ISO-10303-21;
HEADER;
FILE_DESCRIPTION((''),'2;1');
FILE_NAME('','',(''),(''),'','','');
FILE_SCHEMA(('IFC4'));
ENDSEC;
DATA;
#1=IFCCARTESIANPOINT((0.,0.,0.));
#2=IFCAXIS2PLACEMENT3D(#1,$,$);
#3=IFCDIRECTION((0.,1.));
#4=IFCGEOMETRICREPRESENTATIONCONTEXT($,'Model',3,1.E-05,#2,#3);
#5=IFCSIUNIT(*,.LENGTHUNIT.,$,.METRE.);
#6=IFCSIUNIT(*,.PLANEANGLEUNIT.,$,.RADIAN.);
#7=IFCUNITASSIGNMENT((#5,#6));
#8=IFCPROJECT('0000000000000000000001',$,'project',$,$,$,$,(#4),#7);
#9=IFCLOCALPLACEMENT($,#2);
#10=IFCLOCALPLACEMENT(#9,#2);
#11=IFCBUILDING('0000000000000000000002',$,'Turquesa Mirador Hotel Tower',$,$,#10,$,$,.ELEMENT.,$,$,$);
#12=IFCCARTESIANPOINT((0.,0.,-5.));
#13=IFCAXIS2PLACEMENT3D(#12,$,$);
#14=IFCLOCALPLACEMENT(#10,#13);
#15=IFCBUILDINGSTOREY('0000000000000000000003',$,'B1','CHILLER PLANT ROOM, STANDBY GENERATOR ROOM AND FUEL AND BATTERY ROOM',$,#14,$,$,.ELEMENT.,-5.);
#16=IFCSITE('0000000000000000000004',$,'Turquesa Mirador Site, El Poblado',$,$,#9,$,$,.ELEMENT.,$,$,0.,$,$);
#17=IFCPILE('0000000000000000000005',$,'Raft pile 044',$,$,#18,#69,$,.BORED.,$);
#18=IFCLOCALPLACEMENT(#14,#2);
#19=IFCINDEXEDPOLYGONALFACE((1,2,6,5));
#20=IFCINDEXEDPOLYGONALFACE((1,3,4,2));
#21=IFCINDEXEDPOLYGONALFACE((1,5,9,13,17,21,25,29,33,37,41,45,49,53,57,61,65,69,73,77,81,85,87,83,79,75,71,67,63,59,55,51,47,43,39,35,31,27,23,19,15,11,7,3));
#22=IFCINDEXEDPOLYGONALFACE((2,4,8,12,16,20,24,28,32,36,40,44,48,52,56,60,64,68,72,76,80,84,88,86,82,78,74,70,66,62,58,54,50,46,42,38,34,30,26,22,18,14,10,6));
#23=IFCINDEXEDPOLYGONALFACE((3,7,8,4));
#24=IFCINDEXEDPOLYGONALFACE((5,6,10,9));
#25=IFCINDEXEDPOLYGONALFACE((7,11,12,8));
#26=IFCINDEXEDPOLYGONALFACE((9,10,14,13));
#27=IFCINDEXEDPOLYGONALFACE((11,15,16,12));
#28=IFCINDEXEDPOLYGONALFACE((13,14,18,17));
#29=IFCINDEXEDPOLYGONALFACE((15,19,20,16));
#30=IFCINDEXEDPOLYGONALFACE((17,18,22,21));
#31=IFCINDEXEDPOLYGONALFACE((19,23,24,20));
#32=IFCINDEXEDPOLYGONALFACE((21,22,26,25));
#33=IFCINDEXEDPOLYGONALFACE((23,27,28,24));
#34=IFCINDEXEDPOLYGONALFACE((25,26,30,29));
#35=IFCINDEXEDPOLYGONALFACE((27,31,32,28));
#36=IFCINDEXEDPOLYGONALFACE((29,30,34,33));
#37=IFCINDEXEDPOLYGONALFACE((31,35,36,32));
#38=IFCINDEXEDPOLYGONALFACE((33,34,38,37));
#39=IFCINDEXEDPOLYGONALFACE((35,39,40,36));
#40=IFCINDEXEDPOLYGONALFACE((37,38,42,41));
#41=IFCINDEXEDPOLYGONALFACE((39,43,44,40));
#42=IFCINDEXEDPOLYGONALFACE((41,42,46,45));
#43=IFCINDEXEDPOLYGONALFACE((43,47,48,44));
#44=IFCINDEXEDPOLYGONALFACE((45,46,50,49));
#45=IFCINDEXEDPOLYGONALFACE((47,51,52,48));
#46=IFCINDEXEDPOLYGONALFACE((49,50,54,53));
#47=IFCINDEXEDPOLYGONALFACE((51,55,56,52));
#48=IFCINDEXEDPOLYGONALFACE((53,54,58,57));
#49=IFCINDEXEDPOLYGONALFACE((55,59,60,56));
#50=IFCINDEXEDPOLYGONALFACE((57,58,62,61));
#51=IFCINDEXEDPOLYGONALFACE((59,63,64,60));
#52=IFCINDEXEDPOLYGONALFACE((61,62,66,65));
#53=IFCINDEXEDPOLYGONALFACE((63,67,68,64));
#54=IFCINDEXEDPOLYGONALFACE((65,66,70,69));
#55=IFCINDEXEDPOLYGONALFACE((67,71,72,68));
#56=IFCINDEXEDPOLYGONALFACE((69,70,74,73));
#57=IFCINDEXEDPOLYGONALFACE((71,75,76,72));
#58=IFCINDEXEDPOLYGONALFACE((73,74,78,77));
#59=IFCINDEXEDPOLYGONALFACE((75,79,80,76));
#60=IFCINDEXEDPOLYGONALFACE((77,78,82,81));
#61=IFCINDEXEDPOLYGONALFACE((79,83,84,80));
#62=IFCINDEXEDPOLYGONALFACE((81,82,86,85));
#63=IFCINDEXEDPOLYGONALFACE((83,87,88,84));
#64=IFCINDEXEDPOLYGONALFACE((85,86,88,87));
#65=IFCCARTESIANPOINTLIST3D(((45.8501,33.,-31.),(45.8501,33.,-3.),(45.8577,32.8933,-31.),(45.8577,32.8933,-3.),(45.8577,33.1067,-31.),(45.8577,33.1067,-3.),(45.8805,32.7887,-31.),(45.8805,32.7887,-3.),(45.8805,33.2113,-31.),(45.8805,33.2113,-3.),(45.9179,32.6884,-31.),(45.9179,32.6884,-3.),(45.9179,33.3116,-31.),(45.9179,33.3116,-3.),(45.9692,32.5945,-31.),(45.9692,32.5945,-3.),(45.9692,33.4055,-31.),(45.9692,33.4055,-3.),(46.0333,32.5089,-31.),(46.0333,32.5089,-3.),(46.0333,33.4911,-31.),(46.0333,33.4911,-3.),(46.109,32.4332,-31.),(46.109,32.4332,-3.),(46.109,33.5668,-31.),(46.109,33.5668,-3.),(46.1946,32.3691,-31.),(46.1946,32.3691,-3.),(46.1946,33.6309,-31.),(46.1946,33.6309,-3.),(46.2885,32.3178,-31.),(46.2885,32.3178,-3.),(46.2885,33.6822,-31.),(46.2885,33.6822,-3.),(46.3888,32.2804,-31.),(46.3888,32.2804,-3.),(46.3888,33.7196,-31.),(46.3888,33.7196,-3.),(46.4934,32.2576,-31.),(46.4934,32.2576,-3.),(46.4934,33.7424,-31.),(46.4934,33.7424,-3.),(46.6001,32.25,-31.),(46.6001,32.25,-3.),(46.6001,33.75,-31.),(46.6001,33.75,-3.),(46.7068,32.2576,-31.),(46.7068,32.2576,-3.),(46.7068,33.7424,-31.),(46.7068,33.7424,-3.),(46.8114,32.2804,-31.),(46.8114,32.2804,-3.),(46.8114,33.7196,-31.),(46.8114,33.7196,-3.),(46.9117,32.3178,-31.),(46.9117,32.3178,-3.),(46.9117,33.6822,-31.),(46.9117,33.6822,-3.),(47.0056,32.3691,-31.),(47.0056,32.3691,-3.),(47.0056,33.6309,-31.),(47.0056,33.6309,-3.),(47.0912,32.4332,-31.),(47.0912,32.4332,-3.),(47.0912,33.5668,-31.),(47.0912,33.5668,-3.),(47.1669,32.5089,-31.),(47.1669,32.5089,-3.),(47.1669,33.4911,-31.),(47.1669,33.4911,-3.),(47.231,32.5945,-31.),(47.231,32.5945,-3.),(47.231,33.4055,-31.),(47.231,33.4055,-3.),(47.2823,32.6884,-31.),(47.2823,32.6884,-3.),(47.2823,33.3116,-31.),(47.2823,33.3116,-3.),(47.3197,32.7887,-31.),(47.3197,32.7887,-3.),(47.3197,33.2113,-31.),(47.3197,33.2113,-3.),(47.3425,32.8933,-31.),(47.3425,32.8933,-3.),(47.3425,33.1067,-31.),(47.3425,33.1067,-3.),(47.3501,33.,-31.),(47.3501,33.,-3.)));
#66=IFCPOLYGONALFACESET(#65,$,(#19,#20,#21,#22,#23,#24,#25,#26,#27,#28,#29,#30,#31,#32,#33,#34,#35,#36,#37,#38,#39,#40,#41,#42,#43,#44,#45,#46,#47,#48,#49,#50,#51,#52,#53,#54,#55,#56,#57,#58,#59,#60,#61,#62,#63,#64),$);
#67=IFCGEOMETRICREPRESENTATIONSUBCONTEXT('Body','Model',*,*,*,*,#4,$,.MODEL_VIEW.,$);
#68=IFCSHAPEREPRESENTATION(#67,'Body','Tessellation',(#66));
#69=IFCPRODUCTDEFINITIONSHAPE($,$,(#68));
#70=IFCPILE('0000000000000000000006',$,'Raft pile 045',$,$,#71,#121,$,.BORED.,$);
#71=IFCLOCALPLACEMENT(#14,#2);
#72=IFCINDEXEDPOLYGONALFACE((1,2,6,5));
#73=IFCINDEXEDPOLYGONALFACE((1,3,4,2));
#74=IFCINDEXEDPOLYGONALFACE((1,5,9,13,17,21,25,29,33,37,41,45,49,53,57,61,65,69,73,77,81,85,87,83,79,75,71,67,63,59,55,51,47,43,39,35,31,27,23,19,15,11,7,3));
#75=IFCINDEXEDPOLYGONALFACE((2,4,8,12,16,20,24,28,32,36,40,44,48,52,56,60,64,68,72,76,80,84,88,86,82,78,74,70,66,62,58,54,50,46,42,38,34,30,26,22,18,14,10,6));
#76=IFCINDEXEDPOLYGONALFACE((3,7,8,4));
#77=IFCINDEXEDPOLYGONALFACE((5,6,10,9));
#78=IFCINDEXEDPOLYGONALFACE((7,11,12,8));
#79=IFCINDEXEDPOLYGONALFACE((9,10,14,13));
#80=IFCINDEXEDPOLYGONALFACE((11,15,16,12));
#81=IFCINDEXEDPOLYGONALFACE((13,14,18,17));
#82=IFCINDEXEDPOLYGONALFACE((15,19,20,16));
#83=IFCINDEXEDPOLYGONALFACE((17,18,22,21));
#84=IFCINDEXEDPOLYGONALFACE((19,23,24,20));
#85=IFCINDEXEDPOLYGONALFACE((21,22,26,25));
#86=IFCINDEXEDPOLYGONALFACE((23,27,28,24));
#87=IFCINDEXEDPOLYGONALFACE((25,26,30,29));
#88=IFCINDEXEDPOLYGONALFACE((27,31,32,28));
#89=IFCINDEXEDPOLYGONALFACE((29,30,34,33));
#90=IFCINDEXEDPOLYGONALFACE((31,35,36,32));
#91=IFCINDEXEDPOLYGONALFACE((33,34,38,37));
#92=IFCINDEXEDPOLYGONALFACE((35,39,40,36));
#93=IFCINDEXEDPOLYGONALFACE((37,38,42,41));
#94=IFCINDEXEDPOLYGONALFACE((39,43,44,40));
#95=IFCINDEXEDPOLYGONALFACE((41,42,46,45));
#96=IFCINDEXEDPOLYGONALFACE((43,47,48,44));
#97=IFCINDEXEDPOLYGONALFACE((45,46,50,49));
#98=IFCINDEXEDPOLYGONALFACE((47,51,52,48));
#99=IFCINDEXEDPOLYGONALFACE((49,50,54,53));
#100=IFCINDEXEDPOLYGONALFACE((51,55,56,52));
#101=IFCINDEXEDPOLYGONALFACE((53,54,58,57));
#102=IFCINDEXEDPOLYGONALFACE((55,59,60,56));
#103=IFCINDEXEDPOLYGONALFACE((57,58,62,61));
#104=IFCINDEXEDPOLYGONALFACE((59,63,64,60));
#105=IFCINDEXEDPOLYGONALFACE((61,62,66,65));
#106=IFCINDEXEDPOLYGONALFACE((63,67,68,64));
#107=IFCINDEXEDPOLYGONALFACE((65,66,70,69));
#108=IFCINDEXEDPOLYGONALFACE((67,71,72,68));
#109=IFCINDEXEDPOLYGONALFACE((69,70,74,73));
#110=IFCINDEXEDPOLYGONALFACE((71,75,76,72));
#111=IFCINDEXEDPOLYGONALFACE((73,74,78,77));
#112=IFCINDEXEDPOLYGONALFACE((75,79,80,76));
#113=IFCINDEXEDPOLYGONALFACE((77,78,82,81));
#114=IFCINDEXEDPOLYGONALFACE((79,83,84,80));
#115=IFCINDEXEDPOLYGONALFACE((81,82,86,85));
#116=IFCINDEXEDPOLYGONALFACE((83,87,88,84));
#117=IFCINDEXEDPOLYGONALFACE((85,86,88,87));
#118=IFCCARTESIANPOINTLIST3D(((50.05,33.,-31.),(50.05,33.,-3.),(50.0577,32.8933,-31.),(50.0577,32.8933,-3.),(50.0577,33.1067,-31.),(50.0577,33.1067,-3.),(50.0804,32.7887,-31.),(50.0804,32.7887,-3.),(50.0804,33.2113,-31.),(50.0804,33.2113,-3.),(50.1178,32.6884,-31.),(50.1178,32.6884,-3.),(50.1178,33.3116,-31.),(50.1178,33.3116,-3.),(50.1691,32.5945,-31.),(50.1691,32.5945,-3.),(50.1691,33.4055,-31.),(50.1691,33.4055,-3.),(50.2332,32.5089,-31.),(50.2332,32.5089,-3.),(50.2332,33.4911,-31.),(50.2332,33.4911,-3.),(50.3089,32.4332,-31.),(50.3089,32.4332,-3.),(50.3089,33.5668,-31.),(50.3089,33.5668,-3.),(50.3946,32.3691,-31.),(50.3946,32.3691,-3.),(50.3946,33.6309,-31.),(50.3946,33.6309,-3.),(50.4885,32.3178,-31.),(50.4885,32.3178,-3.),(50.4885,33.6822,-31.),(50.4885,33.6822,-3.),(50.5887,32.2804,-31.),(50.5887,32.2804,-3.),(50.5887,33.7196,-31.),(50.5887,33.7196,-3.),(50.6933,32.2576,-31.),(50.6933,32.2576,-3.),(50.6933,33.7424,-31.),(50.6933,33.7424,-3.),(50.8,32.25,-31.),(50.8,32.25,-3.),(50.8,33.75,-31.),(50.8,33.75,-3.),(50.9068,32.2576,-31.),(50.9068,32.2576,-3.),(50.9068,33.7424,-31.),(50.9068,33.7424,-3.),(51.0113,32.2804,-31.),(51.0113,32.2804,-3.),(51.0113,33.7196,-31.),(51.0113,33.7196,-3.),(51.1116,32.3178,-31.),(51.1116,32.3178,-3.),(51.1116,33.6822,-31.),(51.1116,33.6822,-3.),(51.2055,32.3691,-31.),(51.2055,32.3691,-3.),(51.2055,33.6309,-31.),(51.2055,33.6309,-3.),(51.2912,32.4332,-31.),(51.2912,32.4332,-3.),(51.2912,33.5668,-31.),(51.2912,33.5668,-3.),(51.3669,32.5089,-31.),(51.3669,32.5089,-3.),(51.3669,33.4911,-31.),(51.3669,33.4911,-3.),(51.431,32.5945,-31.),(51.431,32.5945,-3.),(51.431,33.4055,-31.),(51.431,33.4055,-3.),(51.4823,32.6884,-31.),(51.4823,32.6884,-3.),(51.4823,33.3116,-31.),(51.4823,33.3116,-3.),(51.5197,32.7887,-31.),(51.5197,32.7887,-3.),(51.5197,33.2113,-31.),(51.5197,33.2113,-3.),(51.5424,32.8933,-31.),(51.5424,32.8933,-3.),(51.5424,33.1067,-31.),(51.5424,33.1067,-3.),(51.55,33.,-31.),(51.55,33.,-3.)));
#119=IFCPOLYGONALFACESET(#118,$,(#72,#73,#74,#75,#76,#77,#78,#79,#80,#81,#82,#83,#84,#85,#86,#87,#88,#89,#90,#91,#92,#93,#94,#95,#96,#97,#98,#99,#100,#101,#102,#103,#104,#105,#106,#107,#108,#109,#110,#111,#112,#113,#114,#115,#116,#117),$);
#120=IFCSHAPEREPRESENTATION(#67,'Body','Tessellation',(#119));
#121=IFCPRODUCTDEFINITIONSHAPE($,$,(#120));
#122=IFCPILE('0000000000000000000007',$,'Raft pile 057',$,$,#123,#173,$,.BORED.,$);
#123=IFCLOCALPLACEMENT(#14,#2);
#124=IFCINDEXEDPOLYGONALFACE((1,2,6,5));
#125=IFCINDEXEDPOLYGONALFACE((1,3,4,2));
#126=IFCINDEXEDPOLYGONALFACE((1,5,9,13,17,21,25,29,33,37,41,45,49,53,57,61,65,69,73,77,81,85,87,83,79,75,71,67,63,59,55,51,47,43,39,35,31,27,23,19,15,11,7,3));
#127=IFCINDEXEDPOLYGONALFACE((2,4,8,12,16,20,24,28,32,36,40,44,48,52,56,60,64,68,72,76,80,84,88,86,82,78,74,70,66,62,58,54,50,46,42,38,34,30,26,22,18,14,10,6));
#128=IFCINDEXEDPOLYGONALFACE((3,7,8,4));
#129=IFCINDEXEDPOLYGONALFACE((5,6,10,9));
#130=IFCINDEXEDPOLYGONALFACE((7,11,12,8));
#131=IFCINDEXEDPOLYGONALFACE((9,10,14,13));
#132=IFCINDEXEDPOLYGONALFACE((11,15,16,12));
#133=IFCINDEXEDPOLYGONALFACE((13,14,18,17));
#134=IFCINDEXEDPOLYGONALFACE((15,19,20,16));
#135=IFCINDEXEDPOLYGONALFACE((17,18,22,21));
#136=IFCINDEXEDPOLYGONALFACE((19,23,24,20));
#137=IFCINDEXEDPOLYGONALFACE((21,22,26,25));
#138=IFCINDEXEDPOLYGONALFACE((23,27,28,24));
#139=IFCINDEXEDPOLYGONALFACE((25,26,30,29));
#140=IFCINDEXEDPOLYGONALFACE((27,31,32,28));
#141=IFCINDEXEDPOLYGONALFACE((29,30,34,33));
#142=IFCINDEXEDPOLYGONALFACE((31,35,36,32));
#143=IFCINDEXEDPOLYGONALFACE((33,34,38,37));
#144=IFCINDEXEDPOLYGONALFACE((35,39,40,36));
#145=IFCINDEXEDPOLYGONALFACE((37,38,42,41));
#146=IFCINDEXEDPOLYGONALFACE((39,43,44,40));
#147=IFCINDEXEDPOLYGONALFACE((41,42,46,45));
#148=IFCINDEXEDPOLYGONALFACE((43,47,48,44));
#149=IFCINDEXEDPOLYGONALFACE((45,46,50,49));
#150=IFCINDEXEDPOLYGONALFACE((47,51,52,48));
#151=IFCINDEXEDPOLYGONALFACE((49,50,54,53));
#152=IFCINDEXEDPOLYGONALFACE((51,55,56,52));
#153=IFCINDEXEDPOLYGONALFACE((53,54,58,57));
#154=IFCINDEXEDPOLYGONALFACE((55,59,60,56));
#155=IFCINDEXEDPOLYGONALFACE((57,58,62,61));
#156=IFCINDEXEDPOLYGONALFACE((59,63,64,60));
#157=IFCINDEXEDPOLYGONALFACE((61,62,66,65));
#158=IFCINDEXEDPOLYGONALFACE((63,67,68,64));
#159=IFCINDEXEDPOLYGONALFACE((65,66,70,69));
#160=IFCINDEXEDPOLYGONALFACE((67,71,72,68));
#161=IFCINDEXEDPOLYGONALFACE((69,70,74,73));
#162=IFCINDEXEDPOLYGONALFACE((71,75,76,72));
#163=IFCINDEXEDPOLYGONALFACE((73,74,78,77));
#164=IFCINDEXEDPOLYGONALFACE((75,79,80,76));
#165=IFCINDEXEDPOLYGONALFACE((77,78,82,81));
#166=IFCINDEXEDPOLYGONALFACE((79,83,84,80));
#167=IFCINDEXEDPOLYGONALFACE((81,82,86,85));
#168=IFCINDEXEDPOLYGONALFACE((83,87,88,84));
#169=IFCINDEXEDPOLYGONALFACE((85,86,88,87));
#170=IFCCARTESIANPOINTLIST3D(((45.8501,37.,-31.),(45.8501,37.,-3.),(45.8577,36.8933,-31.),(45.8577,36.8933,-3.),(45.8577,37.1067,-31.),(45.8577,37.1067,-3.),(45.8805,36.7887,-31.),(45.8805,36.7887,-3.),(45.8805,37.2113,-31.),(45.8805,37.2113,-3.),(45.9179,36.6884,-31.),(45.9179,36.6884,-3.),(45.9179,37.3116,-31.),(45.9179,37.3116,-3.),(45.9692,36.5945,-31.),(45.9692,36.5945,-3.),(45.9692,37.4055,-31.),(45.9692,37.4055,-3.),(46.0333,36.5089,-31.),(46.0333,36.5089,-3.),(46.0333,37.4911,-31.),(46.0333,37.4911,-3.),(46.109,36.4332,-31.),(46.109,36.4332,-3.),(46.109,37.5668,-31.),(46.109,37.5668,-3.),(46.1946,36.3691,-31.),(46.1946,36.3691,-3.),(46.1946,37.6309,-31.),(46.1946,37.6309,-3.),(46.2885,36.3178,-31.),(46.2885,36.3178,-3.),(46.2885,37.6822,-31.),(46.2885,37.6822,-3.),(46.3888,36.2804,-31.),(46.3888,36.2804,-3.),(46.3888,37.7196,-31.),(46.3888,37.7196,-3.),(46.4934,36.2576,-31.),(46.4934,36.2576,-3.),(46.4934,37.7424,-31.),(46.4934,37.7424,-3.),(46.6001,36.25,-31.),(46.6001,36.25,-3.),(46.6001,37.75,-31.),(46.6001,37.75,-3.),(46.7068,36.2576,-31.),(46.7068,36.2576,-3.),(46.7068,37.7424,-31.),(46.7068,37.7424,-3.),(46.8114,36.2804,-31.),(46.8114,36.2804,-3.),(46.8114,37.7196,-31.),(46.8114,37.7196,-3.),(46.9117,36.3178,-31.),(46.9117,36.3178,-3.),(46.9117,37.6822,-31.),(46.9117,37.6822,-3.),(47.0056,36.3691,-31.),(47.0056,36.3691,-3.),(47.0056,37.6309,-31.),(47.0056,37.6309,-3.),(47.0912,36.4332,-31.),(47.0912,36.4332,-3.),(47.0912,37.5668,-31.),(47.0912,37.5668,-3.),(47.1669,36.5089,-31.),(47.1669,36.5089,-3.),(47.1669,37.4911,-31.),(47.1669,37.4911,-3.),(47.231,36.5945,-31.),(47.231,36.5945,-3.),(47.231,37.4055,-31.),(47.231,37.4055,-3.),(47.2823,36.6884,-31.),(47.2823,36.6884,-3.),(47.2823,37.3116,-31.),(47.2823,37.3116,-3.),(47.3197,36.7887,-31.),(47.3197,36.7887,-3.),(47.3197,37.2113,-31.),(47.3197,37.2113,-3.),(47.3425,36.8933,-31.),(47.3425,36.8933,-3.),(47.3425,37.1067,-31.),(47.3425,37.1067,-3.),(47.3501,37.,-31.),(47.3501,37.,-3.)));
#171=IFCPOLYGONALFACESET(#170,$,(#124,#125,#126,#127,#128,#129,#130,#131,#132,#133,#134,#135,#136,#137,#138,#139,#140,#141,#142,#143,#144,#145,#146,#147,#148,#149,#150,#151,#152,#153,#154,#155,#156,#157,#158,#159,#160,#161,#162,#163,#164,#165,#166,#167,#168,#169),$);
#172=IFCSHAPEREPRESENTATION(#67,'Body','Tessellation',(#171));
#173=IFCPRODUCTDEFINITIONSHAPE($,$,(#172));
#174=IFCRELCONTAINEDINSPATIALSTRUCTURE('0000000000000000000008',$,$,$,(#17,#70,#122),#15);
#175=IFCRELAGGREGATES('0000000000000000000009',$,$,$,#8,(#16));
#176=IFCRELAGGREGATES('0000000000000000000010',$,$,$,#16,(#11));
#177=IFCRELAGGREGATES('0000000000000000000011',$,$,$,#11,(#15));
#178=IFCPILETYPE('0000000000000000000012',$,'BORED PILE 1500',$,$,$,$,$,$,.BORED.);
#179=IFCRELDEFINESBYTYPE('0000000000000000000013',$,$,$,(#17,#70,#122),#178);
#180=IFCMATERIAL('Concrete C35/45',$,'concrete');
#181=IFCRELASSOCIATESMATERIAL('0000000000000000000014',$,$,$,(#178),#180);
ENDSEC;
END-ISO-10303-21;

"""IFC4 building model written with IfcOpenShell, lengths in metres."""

from ifc_helpers import new_model, si_unit, direction, frame, origin, origin_2d, place, context, subcontext, project, spatial, circle, extrude, material, type_object, element, save


model = new_model("IFC4")

# Units and contexts
model_context = context("Model", 3, precision=1e-05, world=origin(), true_north=direction((0.0, 1.0)))
body_context = subcontext(model_context, "Body", "Model", "MODEL_VIEW")
ifc_project = project(units=[si_unit("LENGTHUNIT", "METRE"), si_unit("PLANEANGLEUNIT", "RADIAN")], contexts=[model_context])

# Site, building, storey
site_placement = place(None, origin())
site = spatial("IfcSite", under=ifc_project, at=site_placement, Name="Turquesa Mirador Site, El Poblado", CompositionType="ELEMENT", RefElevation=0.0)
building_placement = place(site_placement, origin())
building = spatial("IfcBuilding", under=site, at=building_placement, Name="Turquesa Mirador Hotel Tower", CompositionType="ELEMENT")
storey_placement = place(building_placement, frame((0.0, 0.0, -5.0)))
storey = spatial("IfcBuildingStorey", under=building, at=storey_placement, Name="B1", Description="CHILLER PLANT ROOM, STANDBY GENERATOR ROOM AND FUEL AND BATTERY ROOM", CompositionType="ELEMENT", Elevation=-5.0)

# Piles
ifc_material_1 = material(Name="Concrete C35/45", Category="concrete")
pile_type = type_object("IfcPileType", Name="BORED PILE 1500", PredefinedType="BORED", material=ifc_material_1)
for number, where, z_axis, x_axis, name in (
    (1, (46.6001, 33.0, -3.0), (0.0, 0.0, -1.0), (1.0, 0.0, 0.0), "Raft pile 044"),
    (2, (50.8, 33.0, -3.0), (0.0, 0.0, -1.0), (1.0, 0.0, 0.0), "Raft pile 045"),
    (3, (46.6001, 37.0, -3.0), (0.0, 0.0, -1.0), (1.0, 0.0, 0.0), "Raft pile 057"),
):
    element("IfcPile", number, at=place(storey_placement, frame(where, z_axis=z_axis, x_axis=x_axis)), inside=storey, type_object=pile_type, Name=name, PredefinedType="BORED", context=body_context, shape_type="SweptSolid", body=[
        extrude(circle(Radius=0.75, at=origin_2d()), origin(), (0.0, 0.0, 1.0), 28.0),
    ])

save(model, "model.ifc")
